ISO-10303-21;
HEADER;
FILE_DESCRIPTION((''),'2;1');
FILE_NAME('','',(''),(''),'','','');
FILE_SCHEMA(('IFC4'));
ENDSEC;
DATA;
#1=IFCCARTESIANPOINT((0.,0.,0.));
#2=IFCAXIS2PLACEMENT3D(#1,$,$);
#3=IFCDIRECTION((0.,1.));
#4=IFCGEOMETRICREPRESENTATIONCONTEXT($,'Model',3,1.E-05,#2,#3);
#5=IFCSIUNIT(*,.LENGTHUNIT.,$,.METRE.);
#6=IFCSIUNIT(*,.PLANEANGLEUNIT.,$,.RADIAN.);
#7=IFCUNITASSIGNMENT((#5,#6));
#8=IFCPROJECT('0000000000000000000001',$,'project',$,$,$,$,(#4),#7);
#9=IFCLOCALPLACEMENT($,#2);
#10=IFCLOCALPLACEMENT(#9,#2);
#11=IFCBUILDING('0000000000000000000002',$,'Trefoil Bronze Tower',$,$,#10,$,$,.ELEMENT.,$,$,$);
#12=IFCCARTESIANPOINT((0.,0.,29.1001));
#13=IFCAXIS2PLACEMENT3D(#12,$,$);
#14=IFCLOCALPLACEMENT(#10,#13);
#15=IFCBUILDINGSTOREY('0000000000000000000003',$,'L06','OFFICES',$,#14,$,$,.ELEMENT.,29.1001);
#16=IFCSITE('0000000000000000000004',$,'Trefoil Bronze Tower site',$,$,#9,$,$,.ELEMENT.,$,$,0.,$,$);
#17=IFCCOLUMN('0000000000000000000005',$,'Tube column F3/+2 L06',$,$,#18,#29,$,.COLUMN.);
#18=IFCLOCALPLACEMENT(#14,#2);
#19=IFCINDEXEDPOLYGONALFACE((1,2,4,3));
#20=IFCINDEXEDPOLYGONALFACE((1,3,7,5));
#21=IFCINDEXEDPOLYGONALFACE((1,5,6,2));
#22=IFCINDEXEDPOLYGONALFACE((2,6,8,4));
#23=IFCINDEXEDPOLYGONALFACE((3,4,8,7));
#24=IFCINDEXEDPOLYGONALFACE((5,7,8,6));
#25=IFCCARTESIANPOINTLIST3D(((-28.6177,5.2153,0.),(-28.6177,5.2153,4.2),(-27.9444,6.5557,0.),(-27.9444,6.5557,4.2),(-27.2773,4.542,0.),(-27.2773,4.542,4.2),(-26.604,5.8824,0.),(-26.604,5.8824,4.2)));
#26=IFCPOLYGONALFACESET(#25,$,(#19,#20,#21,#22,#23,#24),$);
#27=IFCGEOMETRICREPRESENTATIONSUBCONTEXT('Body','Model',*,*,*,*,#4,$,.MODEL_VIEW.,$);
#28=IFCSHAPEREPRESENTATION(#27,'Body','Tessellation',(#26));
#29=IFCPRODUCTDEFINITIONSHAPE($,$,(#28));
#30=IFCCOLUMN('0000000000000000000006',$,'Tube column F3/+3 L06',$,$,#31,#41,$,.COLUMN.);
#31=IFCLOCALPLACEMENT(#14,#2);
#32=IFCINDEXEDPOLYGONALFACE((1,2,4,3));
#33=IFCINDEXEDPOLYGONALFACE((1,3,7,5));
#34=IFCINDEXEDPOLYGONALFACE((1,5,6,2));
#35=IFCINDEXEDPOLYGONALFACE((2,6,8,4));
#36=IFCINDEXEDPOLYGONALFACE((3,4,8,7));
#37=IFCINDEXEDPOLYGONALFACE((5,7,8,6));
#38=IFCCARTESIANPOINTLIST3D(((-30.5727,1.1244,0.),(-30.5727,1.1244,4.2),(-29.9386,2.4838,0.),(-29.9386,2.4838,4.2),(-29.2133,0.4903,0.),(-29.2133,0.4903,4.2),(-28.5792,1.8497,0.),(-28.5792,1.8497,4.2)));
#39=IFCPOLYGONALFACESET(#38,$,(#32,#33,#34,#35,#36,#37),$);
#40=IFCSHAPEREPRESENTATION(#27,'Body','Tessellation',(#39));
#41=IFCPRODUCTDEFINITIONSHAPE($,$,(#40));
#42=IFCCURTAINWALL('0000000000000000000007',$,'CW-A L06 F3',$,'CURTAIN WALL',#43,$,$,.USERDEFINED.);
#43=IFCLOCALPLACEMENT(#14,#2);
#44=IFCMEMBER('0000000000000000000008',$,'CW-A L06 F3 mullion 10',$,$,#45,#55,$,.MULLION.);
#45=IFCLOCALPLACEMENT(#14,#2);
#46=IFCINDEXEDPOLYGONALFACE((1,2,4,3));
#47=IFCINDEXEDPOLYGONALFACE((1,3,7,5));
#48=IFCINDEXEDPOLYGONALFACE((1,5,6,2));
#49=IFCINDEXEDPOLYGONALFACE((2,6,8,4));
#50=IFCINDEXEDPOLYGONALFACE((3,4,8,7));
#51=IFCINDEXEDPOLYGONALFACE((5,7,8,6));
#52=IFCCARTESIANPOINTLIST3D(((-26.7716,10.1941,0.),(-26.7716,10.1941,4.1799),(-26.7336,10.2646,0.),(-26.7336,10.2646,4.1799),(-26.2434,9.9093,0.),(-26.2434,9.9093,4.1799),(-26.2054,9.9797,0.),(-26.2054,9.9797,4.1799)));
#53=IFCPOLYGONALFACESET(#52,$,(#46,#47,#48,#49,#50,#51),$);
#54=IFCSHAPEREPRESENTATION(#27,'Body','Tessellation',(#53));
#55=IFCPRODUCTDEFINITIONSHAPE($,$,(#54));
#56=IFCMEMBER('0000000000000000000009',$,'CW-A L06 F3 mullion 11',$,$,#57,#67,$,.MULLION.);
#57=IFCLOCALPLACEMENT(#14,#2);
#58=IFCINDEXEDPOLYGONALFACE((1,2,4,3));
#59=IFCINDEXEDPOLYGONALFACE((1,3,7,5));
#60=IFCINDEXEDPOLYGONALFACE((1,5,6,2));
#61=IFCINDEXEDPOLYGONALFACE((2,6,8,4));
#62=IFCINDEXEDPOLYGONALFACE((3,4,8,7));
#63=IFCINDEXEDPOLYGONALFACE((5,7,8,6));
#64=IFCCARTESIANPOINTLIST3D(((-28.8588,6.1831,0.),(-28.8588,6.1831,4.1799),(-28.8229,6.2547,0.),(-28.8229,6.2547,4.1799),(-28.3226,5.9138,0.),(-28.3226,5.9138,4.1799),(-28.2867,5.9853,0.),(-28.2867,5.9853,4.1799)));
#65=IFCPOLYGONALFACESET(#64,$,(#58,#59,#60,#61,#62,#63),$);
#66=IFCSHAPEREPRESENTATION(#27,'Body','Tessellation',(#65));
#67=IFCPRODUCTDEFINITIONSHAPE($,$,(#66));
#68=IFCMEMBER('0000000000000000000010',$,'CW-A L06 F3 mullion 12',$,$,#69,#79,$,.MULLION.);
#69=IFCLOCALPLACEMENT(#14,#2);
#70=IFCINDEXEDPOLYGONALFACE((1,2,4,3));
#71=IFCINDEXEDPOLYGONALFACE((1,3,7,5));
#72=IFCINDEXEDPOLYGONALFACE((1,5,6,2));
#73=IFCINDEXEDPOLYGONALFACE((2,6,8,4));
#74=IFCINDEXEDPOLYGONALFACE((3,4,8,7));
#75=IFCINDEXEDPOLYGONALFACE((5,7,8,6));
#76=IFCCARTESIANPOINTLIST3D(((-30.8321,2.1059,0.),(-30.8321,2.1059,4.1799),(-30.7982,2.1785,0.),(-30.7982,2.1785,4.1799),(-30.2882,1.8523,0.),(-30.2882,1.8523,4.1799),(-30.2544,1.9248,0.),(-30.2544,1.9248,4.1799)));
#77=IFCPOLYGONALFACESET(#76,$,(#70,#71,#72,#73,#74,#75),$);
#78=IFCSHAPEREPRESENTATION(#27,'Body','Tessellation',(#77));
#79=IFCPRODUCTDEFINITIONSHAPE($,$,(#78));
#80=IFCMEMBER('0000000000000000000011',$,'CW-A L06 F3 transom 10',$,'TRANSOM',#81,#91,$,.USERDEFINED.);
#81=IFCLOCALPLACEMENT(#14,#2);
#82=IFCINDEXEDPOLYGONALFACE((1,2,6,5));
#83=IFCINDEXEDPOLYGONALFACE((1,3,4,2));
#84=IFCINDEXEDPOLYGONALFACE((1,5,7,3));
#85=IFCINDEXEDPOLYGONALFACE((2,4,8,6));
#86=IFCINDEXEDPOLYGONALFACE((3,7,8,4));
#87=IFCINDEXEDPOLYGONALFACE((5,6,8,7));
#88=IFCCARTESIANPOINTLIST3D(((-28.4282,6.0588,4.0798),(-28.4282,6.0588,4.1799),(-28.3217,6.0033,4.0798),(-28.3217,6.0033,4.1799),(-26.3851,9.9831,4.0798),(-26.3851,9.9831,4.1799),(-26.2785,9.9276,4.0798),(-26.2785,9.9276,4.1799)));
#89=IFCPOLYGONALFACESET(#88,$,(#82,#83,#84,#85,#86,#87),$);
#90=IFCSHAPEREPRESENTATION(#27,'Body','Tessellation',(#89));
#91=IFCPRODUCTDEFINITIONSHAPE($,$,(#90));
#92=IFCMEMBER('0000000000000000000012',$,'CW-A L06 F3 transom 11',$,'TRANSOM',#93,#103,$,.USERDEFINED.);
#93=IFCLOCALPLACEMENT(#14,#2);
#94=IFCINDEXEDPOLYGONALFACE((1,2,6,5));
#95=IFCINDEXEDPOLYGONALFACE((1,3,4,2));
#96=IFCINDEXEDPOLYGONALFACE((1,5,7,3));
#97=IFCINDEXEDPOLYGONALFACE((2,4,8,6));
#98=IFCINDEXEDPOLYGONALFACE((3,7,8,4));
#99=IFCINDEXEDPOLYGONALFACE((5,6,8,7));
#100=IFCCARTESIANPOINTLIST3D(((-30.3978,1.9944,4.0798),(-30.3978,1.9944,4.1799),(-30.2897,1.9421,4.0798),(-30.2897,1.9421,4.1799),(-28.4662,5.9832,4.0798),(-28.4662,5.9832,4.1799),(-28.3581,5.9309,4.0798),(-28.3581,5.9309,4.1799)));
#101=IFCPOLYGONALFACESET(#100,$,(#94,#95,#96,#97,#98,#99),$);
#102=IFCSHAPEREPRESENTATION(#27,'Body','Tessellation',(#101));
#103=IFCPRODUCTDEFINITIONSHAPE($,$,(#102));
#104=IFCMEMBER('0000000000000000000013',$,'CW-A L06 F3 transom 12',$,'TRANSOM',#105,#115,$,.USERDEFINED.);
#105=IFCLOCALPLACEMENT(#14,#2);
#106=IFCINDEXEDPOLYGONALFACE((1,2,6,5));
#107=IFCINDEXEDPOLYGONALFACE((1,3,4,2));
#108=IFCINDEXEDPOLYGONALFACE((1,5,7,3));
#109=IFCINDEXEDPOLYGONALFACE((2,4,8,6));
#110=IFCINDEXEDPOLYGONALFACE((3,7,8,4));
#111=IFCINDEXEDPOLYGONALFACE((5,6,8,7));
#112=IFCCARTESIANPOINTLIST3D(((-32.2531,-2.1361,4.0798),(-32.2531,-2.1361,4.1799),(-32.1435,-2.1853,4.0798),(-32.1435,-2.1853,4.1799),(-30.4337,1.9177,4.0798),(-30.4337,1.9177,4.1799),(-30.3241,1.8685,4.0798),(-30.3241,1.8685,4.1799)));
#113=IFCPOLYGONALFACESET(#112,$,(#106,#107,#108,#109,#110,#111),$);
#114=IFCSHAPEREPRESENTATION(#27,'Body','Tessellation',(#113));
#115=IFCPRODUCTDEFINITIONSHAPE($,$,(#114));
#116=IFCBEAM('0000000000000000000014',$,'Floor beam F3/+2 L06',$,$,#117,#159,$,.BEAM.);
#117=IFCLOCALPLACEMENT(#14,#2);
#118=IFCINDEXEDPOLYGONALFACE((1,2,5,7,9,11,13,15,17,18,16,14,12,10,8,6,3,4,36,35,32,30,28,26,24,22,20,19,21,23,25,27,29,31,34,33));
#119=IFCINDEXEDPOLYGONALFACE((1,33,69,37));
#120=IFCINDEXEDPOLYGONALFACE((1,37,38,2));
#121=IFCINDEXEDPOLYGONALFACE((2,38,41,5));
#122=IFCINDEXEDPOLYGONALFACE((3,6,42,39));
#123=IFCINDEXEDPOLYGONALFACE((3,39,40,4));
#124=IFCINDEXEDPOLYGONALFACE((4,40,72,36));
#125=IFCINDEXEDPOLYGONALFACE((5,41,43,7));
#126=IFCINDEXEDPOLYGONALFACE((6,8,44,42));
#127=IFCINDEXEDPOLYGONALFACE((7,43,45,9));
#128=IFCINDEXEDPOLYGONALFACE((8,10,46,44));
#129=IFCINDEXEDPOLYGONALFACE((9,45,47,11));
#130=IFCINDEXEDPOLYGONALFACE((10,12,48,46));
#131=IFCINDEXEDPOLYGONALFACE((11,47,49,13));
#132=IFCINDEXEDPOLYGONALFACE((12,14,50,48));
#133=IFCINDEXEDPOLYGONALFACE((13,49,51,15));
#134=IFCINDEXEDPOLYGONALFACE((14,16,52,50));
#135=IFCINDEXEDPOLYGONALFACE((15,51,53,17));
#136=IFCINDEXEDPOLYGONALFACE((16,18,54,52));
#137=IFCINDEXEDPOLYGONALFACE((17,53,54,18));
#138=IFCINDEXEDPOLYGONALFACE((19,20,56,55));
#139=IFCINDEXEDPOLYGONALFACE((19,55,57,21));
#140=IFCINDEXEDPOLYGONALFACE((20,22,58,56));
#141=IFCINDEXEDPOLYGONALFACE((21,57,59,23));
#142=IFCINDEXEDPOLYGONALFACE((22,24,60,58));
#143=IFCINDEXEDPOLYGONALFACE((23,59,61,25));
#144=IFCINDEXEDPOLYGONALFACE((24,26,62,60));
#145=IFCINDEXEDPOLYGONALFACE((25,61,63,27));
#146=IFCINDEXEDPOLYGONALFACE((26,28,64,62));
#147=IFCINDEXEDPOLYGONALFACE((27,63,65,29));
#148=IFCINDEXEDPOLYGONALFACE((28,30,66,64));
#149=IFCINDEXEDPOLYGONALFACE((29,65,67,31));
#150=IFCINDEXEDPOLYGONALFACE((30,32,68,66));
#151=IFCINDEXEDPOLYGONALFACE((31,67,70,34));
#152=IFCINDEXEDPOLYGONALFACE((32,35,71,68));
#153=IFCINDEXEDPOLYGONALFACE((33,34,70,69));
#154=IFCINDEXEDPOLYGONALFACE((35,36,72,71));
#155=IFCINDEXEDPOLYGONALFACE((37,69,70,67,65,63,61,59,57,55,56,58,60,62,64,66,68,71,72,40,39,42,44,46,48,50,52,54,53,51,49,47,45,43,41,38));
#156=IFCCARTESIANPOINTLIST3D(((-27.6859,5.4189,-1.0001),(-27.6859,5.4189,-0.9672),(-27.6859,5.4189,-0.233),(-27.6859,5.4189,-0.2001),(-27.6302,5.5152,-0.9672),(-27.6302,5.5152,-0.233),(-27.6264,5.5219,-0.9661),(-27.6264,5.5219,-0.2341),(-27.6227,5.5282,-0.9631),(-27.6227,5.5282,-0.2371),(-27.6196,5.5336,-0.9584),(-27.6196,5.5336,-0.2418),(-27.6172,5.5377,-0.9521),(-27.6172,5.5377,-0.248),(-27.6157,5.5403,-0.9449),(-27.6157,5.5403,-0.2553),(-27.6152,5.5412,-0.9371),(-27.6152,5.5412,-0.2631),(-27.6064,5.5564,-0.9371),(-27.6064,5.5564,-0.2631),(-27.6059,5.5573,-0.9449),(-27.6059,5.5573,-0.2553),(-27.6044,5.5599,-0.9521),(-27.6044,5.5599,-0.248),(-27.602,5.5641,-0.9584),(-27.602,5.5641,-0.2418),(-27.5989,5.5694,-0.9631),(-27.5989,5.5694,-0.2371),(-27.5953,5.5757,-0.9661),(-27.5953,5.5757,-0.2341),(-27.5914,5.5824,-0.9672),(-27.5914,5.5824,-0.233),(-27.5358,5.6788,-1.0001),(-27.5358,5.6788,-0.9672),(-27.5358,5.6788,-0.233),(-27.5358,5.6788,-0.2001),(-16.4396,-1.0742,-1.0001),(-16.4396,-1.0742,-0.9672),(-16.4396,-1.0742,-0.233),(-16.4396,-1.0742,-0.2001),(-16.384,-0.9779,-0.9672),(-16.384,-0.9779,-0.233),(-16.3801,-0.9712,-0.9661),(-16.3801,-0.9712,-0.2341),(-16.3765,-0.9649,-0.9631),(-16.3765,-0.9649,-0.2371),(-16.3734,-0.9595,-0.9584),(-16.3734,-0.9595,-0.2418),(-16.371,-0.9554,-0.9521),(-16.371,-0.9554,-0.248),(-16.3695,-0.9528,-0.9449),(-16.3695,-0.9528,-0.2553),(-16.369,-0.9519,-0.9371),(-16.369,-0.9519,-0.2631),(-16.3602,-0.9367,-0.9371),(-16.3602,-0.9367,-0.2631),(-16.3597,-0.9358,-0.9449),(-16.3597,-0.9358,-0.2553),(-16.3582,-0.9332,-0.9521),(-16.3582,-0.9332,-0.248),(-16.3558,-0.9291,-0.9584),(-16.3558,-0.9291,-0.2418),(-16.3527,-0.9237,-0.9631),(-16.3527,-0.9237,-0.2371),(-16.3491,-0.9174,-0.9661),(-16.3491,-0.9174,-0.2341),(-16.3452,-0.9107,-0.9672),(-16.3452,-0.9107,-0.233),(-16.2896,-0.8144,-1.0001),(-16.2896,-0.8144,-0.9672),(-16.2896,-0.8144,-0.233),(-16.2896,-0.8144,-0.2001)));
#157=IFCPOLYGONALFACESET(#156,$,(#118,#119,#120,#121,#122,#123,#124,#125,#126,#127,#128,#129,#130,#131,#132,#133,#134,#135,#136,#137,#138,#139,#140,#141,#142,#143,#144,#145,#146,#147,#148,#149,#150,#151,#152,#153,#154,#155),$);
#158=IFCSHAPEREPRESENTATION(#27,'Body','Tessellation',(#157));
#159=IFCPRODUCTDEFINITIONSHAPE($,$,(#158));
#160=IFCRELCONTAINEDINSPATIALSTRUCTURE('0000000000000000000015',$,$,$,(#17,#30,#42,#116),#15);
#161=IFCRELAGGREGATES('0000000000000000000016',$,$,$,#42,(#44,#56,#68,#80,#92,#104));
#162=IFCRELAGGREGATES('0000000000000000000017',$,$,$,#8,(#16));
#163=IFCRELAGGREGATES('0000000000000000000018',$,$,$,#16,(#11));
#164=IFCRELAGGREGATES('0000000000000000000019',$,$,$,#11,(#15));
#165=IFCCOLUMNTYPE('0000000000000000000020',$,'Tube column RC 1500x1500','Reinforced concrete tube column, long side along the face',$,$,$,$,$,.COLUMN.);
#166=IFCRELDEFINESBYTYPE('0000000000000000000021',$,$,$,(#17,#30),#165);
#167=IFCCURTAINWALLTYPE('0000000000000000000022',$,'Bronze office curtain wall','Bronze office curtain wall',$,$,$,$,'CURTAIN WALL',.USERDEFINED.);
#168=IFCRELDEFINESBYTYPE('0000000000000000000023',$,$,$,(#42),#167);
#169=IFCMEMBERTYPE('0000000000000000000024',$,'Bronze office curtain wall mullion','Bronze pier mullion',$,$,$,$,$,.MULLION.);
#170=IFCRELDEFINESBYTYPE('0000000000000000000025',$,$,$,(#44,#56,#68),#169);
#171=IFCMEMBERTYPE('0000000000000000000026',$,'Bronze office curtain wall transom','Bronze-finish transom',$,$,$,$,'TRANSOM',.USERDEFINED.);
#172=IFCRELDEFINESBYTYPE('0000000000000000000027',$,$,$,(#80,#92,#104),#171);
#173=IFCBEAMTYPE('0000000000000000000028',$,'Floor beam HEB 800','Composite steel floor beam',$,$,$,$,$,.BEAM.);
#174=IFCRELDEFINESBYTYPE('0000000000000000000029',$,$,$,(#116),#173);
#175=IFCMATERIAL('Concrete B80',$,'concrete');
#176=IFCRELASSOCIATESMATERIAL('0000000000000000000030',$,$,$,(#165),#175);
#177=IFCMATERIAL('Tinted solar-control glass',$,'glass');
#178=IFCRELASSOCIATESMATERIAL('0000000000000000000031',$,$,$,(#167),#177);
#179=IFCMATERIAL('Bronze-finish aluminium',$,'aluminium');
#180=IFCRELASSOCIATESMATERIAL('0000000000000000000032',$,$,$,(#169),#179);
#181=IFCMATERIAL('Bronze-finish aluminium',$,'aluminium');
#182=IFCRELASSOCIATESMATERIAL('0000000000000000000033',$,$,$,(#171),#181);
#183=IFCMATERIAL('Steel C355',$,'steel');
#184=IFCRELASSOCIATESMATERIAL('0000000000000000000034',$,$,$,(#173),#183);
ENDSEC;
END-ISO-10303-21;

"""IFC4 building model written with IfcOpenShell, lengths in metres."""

from ifc_helpers import new_model, si_unit, direction, frame, origin, origin_2d, place, context, subcontext, project, spatial, rectangle, i_section, extrude, material, material_profile, profile_set, type_object, element, aggregate, save


model = new_model("IFC4")

# Units and contexts
model_context = context("Model", 3, precision=1e-05, world=origin(), true_north=direction((0.0, 1.0)))
body_context = subcontext(model_context, "Body", "Model", "MODEL_VIEW")
ifc_project = project(units=[si_unit("LENGTHUNIT", "METRE"), si_unit("PLANEANGLEUNIT", "RADIAN")], contexts=[model_context])

# Site, building, storey
site_placement = place(None, origin())
site = spatial("IfcSite", under=ifc_project, at=site_placement, Name="Trefoil Bronze Tower site", CompositionType="ELEMENT", RefElevation=0.0)
building_placement = place(site_placement, origin())
building = spatial("IfcBuilding", under=site, at=building_placement, Name="Trefoil Bronze Tower", CompositionType="ELEMENT")
storey_placement = place(building_placement, frame((0.0, 0.0, 29.1001)))
storey = spatial("IfcBuildingStorey", under=building, at=storey_placement, Name="L06", Description="OFFICES", CompositionType="ELEMENT", Elevation=29.1001)

# Columns
ifc_material_1 = material(Name="Concrete B80", Category="concrete")
ifc_material_profile_1 = material_profile(ifc_material_1, rectangle(XDim=1.5, YDim=1.5, at=origin_2d()), Name="RC 1500x1500")
ifc_profile_set_1 = profile_set([ifc_material_profile_1], Name="Concrete B80")
column_type = type_object("IfcColumnType", Name="Tube column RC 1500x1500", Description="Reinforced concrete tube column, long side along the face", PredefinedType="COLUMN", material=ifc_profile_set_1)
for number, where, z_axis, x_axis, name in (
    (1, (-27.6108, 5.5488, 0.0), (0.0, 0.0, 1.0), (-0.44889, -0.893587, 0.0), "Tube column F3/+2 L06"),
    (2, (-29.5759, 1.4871, 0.0), (0.0, 0.0, 1.0), (-0.422701, -0.906269, 0.0), "Tube column F3/+3 L06"),
):
    element("IfcColumn", number, at=place(storey_placement, frame(where, z_axis=z_axis, x_axis=x_axis)), inside=storey, type_object=column_type, Name=name, PredefinedType="COLUMN", context=body_context, shape_type="SweptSolid", body=[
        extrude(rectangle(XDim=1.5, YDim=1.5, at=origin_2d()), origin(), (0.0, 0.0, 1.0), 4.2),
    ])

# Curtain wall, members
ifc_material_2 = material(Name="Tinted solar-control glass", Category="glass")
curtain_wall_type = type_object("IfcCurtainWallType", Name="Bronze office curtain wall", Description="Bronze office curtain wall", ElementType="CURTAIN WALL", PredefinedType="USERDEFINED", material=ifc_material_2)
curtain_wall_placement = place(storey_placement, origin())
curtain_wall = element("IfcCurtainWall", 3, at=curtain_wall_placement, inside=storey, type_object=curtain_wall_type, Name="CW-A L06 F3", ObjectType="CURTAIN WALL", PredefinedType="USERDEFINED")
ifc_material_3 = material(Name="Bronze-finish aluminium", Category="aluminium")
ifc_material_profile_2 = material_profile(ifc_material_3, rectangle(XDim=0.6001, YDim=0.0801, at=origin_2d()), Name="CW-A mullion")
ifc_profile_set_2 = profile_set([ifc_material_profile_2], Name="Bronze-finish aluminium")
member_type_1 = type_object("IfcMemberType", Name="Bronze office curtain wall mullion", Description="Bronze pier mullion", PredefinedType="MULLION", material=ifc_profile_set_2)
member_1_placement = place(storey_placement, frame((-26.4885, 10.0869, 0.0), z_axis=(0.0, 0.0, 1.0), x_axis=(0.880171, -0.474656, 0.0)))
member_1 = element("IfcMember", 4, at=member_1_placement, type_object=member_type_1, Name="CW-A L06 F3 mullion 10", PredefinedType="MULLION", context=body_context, shape_type="SweptSolid", body=[
    extrude(rectangle(XDim=0.6001, YDim=0.0801, at=origin_2d()), origin(), (0.0, 0.0, 1.0), 4.1799),
])
member_2_placement = place(storey_placement, frame((-28.5728, 6.0842, 0.0), z_axis=(0.0, 0.0, 1.0), x_axis=(0.893587, -0.44889, 0.0)))
member_2 = element("IfcMember", 5, at=member_2_placement, type_object=member_type_1, Name="CW-A L06 F3 mullion 11", PredefinedType="MULLION", context=body_context, shape_type="SweptSolid", body=[
    extrude(rectangle(XDim=0.6001, YDim=0.0801, at=origin_2d()), origin(), (0.0, 0.0, 1.0), 4.1799),
])
member_3_placement = place(storey_placement, frame((-30.5432, 2.0154, 0.0), z_axis=(0.0, 0.0, 1.0), x_axis=(0.906269, -0.422701, 0.0)))
member_3 = element("IfcMember", 6, at=member_3_placement, type_object=member_type_1, Name="CW-A L06 F3 mullion 12", PredefinedType="MULLION", context=body_context, shape_type="SweptSolid", body=[
    extrude(rectangle(XDim=0.6001, YDim=0.0801, at=origin_2d()), origin(), (0.0, 0.0, 1.0), 4.1799),
])
ifc_material_4 = material(Name="Bronze-finish aluminium", Category="aluminium")
ifc_material_profile_3 = material_profile(ifc_material_4, rectangle(XDim=0.1201, YDim=0.1001, at=origin_2d()), Name="CW-A transom")
ifc_profile_set_3 = profile_set([ifc_material_profile_3], Name="Bronze-finish aluminium")
member_type_2 = type_object("IfcMemberType", Name="Bronze office curtain wall transom", Description="Bronze-finish transom", ElementType="TRANSOM", PredefinedType="USERDEFINED", material=ifc_profile_set_3)
member_4_placement = place(storey_placement, frame((-26.3318, 9.9553, 4.1299), z_axis=(-0.46181, -0.886979, 0.0), x_axis=(0.886979, -0.46181, 0.0)))
member_4 = element("IfcMember", 7, at=member_4_placement, type_object=member_type_2, Name="CW-A L06 F3 transom 10", ObjectType="TRANSOM", PredefinedType="USERDEFINED", context=body_context, shape_type="SweptSolid", body=[
    extrude(rectangle(XDim=0.1201, YDim=0.1001, at=origin_2d()), origin(), (0.0, 0.0, 1.0), 4.4243),
])
member_5_placement = place(storey_placement, frame((-28.4121, 5.957, 4.1299), z_axis=(-0.435852, -0.900018, 0.0), x_axis=(0.900018, -0.435852, 0.0)))
member_5 = element("IfcMember", 8, at=member_5_placement, type_object=member_type_2, Name="CW-A L06 F3 transom 11", ObjectType="TRANSOM", PredefinedType="USERDEFINED", context=body_context, shape_type="SweptSolid", body=[
    extrude(rectangle(XDim=0.1201, YDim=0.1001, at=origin_2d()), origin(), (0.0, 0.0, 1.0), 4.4319),
])
member_6_placement = place(storey_placement, frame((-30.3789, 1.8931, 4.1299), z_axis=(-0.40946, -0.912328, 0.0), x_axis=(0.912328, -0.40946, 0.0)))
member_6 = element("IfcMember", 9, at=member_6_placement, type_object=member_type_2, Name="CW-A L06 F3 transom 12", ObjectType="TRANSOM", PredefinedType="USERDEFINED", context=body_context, shape_type="SweptSolid", body=[
    extrude(rectangle(XDim=0.1201, YDim=0.1001, at=origin_2d()), origin(), (0.0, 0.0, 1.0), 4.4434),
])

# Beam
ifc_material_5 = material(Name="Steel C355", Category="steel")
ifc_material_profile_4 = material_profile(ifc_material_5, i_section(OverallWidth=0.3, OverallDepth=0.8, WebThickness=0.0176, FlangeThickness=0.033, FilletRadius=0.03, at=origin_2d()), Name="HEB 800")
ifc_profile_set_4 = profile_set([ifc_material_profile_4], Name="Steel C355")
beam_type_1 = type_object("IfcBeamType", Name="Floor beam HEB 800", Description="Composite steel floor beam", PredefinedType="BEAM", material=ifc_profile_set_4)
beam_1_placement = place(storey_placement, frame((-27.6108, 5.5488, -0.6001), z_axis=(0.866022, -0.500005, 0.0), x_axis=(0.500005, 0.866022, 0.0)))
element("IfcBeam", 10, at=beam_1_placement, inside=storey, type_object=beam_type_1, Name="Floor beam F3/+2 L06", PredefinedType="BEAM", context=body_context, shape_type="SweptSolid", body=[
    extrude(i_section(OverallWidth=0.3, OverallDepth=0.8, WebThickness=0.0176, FlangeThickness=0.033, FilletRadius=0.03, at=origin_2d()), origin(), (0.0, 0.0, 1.0), 12.9861),
])

aggregate(curtain_wall, [member_1, member_2, member_3, member_4, member_5, member_6])

save(model, "model.ifc")
